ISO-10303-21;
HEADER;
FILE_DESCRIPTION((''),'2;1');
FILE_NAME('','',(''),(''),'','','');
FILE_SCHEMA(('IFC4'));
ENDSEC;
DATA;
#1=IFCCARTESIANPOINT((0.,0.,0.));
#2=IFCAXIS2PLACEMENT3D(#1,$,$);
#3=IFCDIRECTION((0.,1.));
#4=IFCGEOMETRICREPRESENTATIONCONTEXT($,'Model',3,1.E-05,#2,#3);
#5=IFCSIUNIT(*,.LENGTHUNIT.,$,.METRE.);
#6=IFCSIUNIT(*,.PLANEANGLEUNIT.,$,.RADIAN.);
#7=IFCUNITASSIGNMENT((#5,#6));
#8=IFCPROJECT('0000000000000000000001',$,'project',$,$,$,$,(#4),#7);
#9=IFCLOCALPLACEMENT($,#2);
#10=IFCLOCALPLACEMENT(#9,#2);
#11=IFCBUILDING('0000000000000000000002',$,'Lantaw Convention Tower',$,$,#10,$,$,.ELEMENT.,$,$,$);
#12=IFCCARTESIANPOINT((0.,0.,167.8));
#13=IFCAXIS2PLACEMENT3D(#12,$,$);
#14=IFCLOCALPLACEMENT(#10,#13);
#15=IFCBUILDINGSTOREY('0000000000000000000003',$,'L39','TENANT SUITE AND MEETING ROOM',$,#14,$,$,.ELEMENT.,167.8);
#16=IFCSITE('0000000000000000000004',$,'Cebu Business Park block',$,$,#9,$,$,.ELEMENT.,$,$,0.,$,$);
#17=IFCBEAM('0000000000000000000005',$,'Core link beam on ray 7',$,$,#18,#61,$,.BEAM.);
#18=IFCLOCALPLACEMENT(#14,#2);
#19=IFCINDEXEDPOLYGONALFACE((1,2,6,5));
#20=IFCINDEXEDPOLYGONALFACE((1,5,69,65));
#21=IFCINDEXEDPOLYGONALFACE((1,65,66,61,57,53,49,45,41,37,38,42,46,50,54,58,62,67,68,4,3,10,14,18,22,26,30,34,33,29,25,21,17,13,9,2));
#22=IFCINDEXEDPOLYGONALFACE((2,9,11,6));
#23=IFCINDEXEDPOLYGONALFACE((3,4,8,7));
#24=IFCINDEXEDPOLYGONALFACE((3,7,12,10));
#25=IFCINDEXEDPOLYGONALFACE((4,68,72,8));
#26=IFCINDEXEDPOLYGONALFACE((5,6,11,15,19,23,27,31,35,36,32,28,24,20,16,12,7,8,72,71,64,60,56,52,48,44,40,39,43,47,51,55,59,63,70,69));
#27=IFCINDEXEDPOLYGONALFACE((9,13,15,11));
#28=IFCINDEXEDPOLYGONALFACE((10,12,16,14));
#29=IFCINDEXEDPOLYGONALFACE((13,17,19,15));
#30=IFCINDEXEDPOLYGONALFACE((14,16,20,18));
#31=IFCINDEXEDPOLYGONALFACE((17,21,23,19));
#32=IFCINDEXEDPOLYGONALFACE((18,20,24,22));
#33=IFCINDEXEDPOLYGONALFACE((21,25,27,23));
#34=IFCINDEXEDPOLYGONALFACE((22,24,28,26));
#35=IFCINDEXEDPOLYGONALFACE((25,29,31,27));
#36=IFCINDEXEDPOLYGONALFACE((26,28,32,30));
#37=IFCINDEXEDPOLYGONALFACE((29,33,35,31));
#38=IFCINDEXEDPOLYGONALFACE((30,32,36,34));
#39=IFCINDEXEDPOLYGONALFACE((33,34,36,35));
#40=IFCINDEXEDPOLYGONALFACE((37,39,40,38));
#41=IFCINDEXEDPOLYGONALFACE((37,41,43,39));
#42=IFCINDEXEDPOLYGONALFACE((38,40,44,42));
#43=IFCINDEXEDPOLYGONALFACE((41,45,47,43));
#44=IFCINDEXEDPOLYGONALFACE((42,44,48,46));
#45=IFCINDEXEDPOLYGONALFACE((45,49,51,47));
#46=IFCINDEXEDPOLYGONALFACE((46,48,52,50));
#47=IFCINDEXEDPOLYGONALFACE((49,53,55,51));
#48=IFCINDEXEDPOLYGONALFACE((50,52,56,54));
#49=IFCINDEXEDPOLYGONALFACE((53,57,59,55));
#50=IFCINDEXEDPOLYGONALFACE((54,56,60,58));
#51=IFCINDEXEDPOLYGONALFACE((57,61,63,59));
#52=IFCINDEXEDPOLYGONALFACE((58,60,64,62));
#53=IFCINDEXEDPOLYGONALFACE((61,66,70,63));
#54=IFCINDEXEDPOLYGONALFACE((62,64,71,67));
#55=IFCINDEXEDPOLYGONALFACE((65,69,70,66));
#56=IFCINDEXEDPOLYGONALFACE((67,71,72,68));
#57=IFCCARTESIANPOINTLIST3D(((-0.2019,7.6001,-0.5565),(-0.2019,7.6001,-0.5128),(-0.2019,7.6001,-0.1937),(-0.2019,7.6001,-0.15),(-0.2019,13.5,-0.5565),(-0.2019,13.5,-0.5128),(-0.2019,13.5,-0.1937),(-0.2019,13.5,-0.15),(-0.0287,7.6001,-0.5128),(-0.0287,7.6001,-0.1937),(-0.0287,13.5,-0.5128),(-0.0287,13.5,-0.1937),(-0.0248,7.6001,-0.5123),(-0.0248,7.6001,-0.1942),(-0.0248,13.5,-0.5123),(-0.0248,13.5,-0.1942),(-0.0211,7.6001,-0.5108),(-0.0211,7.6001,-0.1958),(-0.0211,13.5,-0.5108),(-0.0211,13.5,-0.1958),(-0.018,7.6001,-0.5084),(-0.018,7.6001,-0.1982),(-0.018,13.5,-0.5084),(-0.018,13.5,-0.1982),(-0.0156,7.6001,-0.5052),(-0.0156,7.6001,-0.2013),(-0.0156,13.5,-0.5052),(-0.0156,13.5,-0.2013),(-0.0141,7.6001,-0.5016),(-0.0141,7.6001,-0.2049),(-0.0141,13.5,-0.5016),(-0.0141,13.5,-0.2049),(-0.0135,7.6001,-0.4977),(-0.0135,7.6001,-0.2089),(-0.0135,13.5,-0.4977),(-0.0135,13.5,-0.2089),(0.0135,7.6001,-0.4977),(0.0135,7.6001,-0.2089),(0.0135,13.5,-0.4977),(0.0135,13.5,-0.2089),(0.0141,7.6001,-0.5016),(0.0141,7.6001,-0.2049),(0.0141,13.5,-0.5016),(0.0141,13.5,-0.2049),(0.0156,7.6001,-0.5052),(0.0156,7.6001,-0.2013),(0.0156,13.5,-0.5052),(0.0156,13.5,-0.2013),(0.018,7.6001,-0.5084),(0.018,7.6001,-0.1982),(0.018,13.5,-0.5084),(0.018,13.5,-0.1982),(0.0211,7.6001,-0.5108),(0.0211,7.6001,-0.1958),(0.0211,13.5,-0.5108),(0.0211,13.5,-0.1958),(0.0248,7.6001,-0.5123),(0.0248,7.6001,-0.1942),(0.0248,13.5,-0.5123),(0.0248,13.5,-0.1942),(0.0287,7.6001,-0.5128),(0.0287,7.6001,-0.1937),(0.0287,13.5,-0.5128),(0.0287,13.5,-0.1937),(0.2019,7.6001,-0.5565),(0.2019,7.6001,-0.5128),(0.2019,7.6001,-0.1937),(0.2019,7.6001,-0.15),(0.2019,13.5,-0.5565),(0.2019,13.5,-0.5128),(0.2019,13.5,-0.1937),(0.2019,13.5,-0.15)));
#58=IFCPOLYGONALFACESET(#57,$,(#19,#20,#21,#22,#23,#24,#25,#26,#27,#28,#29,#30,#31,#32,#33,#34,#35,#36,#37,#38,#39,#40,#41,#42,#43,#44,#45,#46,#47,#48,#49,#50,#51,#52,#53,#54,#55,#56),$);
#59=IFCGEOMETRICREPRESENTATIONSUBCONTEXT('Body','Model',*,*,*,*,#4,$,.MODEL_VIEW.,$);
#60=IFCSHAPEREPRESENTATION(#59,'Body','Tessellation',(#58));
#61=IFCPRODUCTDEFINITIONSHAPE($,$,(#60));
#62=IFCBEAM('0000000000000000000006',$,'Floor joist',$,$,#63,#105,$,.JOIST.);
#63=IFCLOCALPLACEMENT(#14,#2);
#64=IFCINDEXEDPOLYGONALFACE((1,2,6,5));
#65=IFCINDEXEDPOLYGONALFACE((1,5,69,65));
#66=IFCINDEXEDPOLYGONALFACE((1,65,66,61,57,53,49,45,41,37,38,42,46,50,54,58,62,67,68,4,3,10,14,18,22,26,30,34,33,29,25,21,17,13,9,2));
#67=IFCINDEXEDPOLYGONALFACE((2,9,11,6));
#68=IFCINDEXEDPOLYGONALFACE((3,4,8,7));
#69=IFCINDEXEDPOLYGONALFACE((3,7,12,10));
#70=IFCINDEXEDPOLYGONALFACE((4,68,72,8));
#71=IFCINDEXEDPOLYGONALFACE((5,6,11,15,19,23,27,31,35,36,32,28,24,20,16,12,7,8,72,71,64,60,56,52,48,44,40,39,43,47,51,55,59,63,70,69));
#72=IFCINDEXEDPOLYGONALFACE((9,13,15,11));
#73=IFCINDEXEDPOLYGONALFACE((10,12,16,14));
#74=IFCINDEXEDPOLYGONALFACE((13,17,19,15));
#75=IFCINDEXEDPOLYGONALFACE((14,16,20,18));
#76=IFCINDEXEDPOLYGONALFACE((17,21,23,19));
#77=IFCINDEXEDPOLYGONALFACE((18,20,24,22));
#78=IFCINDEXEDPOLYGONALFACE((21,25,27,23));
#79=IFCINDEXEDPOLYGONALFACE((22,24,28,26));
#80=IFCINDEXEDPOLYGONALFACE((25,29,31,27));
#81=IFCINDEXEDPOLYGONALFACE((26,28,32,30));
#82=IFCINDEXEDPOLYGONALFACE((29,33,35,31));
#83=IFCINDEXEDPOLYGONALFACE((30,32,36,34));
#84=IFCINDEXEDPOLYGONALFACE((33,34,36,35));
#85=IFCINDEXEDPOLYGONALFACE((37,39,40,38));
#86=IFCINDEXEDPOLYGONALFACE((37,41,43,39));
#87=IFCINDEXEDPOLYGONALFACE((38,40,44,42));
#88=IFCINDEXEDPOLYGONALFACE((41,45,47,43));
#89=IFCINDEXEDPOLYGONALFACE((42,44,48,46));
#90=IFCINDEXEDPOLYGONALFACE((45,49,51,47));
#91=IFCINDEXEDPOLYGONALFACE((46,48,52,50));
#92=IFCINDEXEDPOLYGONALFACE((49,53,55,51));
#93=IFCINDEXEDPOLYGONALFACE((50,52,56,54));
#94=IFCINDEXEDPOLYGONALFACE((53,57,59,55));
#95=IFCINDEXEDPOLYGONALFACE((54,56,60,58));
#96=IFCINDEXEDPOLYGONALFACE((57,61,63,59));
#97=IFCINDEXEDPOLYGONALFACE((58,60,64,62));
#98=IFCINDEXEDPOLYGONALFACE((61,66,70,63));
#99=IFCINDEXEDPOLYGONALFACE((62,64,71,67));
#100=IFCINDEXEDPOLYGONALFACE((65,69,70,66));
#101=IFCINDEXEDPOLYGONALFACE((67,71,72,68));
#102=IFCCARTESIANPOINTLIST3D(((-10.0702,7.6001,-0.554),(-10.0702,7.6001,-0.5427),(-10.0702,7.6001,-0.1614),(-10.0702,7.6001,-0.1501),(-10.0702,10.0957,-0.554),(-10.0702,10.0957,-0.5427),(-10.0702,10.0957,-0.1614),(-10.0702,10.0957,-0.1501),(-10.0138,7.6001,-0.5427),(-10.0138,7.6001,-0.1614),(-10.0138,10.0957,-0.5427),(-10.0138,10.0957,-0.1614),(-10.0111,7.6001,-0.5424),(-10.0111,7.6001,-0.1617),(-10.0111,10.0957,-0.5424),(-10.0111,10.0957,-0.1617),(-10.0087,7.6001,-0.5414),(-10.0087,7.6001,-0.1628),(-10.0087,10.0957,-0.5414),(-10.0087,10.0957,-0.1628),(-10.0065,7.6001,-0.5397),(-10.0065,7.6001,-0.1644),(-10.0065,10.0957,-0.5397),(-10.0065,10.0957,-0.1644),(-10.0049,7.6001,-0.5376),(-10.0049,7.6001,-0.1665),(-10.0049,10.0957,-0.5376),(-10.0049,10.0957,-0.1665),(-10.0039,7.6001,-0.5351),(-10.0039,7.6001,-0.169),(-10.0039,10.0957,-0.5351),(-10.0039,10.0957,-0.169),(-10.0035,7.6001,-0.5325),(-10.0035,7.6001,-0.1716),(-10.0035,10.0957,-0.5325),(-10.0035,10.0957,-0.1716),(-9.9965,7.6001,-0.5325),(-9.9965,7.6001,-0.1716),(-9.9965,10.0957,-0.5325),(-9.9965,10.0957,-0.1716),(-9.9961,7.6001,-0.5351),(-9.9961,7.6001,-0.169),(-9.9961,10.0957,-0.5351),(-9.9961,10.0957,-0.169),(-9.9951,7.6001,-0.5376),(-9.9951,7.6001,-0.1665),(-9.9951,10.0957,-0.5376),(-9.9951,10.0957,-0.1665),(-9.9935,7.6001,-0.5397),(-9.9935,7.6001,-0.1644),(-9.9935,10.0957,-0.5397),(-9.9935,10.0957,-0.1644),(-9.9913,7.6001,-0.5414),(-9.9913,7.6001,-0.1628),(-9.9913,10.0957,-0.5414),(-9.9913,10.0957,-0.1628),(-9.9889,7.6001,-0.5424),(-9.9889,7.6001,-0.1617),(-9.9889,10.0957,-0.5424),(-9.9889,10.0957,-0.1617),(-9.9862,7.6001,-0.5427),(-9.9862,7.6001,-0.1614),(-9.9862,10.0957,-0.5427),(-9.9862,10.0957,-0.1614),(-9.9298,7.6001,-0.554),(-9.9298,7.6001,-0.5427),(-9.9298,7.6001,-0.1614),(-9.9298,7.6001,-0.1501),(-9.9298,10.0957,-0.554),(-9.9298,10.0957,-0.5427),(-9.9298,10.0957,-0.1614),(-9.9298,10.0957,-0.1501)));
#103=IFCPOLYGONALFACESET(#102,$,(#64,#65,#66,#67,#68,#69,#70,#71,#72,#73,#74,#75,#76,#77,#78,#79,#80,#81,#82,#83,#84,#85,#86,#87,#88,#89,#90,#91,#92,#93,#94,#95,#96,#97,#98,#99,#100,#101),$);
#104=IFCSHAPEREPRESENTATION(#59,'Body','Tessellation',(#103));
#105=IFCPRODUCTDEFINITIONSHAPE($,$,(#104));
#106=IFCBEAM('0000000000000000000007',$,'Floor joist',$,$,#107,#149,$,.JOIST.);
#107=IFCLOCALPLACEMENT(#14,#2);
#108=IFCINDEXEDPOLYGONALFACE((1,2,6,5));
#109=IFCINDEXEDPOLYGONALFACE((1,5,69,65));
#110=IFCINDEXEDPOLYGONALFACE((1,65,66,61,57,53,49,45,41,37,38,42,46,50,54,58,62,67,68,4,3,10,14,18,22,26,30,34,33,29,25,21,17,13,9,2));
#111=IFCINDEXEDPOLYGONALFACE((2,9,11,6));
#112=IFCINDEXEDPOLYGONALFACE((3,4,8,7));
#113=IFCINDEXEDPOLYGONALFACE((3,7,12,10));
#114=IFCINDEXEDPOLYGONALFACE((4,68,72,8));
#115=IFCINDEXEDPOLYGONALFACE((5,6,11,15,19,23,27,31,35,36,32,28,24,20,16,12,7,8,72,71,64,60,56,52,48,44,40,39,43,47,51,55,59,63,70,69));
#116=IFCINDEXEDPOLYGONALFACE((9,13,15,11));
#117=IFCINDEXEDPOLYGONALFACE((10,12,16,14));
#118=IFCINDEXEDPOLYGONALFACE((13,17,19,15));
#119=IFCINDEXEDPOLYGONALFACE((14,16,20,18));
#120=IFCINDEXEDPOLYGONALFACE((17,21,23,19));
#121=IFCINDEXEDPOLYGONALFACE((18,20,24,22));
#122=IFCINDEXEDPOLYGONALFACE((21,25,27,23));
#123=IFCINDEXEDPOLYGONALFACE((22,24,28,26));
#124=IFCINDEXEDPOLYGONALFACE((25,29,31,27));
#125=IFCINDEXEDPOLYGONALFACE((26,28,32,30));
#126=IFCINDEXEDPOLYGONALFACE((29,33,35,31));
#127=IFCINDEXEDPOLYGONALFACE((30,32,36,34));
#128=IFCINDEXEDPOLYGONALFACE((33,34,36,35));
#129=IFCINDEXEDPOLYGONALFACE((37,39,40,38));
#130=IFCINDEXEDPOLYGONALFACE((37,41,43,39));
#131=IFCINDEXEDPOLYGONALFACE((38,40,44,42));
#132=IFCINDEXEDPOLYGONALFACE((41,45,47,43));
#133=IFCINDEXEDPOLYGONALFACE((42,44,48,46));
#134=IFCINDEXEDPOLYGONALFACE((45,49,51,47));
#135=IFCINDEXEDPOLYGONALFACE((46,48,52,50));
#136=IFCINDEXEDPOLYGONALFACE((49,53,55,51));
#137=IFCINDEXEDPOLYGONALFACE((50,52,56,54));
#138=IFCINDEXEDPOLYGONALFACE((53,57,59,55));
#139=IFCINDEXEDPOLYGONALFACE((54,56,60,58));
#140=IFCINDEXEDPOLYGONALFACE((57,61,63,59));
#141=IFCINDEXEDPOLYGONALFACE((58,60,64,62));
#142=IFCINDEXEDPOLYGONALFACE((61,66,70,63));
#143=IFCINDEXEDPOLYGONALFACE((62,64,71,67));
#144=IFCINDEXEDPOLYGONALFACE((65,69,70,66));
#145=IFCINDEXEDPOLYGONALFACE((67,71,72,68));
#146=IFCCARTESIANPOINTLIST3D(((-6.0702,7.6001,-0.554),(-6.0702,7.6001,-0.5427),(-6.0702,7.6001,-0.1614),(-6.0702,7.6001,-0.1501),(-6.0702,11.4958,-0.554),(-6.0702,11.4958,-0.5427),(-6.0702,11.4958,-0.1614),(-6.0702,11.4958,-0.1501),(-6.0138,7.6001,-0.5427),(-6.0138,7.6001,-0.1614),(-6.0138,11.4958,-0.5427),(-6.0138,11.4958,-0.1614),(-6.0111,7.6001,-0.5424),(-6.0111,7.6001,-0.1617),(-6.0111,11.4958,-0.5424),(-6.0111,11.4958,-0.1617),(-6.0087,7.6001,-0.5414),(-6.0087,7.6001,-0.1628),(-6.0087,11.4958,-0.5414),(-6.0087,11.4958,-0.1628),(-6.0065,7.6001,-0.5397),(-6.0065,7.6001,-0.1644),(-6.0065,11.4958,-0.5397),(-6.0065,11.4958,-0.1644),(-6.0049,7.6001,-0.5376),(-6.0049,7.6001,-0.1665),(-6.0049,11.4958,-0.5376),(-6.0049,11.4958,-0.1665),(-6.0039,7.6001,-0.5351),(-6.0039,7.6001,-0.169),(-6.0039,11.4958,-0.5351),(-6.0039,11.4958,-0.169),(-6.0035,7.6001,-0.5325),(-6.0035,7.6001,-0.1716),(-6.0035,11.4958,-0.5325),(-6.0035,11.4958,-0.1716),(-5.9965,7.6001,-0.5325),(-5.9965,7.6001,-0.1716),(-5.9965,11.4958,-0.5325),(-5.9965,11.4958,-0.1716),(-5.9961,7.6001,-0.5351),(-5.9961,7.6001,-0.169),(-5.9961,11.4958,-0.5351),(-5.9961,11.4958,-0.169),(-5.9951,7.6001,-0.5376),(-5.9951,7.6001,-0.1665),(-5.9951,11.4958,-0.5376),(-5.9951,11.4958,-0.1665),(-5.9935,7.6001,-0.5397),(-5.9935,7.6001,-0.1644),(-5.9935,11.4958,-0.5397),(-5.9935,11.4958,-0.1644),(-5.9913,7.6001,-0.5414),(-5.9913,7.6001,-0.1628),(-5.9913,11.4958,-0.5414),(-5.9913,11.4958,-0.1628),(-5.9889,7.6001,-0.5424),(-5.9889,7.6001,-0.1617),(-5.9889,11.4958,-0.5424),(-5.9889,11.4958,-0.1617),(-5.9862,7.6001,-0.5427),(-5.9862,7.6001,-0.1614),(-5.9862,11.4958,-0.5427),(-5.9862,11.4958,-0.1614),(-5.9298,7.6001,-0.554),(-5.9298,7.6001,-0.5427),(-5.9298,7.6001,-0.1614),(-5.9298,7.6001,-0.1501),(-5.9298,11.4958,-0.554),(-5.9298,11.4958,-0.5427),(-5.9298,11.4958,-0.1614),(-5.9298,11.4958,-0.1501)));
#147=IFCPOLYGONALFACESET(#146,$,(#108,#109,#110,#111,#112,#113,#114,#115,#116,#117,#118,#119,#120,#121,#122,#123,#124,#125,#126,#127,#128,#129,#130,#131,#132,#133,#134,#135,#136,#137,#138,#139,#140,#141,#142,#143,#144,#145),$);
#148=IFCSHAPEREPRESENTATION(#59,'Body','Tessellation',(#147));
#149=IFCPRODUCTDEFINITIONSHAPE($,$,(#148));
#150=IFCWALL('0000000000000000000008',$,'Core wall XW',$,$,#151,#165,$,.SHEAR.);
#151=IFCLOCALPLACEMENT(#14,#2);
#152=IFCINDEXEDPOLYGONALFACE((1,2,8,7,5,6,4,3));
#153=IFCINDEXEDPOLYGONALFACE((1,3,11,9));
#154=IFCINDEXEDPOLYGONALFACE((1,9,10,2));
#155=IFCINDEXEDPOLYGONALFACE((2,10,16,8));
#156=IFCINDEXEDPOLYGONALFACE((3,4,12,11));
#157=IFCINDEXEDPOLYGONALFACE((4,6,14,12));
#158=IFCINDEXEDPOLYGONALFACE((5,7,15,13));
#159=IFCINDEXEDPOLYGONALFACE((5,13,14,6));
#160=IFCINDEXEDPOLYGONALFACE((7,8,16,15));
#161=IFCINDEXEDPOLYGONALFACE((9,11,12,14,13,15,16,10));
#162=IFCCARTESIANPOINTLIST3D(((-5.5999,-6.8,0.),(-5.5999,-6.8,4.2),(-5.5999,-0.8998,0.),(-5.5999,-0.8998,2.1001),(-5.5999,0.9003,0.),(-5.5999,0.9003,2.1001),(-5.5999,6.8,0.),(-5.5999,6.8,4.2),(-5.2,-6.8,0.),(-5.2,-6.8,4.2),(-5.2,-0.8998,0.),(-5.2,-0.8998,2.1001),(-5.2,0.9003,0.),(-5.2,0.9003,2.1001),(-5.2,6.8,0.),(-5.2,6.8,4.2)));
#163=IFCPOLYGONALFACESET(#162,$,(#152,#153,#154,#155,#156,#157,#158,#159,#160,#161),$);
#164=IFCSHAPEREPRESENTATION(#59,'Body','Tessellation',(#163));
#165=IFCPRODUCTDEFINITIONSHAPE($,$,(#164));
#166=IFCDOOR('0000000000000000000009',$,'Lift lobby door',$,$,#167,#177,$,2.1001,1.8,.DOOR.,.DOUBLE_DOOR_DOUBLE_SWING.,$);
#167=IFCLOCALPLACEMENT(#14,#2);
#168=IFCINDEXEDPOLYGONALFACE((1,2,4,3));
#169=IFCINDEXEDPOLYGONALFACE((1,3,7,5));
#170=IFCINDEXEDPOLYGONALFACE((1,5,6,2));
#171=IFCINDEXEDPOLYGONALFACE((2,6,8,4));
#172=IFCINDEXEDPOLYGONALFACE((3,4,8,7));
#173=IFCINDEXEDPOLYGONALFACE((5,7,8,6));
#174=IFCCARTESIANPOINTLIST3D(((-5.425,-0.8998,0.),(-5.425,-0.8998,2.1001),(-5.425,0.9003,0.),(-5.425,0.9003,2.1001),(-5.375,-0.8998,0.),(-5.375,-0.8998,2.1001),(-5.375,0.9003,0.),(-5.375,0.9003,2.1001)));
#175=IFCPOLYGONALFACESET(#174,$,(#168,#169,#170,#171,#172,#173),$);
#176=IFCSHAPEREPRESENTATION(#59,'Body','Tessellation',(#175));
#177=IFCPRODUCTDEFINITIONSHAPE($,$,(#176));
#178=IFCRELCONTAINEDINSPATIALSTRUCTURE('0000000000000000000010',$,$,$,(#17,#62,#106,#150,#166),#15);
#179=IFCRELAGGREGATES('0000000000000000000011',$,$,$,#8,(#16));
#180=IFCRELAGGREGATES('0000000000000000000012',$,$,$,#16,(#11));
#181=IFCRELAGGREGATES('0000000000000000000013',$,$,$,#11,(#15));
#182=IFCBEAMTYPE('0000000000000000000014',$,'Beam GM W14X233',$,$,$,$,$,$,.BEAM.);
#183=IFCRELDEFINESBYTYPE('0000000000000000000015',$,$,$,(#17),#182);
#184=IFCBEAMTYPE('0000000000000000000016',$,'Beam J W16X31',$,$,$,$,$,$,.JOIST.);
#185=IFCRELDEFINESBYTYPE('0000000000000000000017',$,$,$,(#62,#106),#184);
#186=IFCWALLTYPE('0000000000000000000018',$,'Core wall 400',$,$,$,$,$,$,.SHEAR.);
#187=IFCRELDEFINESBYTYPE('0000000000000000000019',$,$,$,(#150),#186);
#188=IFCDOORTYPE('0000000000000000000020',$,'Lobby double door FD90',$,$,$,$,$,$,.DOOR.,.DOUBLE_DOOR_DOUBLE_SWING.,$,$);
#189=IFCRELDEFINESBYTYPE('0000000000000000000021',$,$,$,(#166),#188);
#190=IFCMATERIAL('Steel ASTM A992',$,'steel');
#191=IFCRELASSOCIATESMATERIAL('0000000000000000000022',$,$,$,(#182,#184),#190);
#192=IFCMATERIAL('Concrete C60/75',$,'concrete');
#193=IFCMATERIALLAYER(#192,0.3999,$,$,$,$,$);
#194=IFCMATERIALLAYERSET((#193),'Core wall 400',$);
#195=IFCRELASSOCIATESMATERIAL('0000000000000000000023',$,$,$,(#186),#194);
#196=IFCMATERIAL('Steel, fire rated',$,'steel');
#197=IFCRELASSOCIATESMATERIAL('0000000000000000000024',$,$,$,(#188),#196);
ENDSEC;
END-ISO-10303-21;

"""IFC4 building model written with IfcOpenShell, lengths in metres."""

from ifc_helpers import new_model, si_unit, direction, frame, frame_2d, origin, origin_2d, place, context, subcontext, project, spatial, rectangle, i_section, extrude, material, layer, layer_set, material_profile, profile_set, type_object, element, fill, save


model = new_model("IFC4")

# Units and contexts
model_context = context("Model", 3, precision=1e-05, world=origin(), true_north=direction((0.0, 1.0)))
body_context = subcontext(model_context, "Body", "Model", "MODEL_VIEW")
ifc_project = project(units=[si_unit("LENGTHUNIT", "METRE"), si_unit("PLANEANGLEUNIT", "RADIAN")], contexts=[model_context])

# Site, building, storey
site_placement = place(None, origin())
site = spatial("IfcSite", under=ifc_project, at=site_placement, Name="Cebu Business Park block", CompositionType="ELEMENT", RefElevation=0.0)
building_placement = place(site_placement, origin())
building = spatial("IfcBuilding", under=site, at=building_placement, Name="Lantaw Convention Tower", CompositionType="ELEMENT")
storey_placement = place(building_placement, frame((0.0, 0.0, 167.8)))
storey = spatial("IfcBuildingStorey", under=building, at=storey_placement, Name="L39", Description="TENANT SUITE AND MEETING ROOM", CompositionType="ELEMENT", Elevation=167.8)

# Beams
ifc_material_1 = material(Name="Steel ASTM A992", Category="steel")
ifc_material_profile_1 = material_profile(ifc_material_1, i_section(OverallWidth=0.4038, OverallDepth=0.4065, WebThickness=0.0271, FlangeThickness=0.0437, FilletRadius=0.0151, at=origin_2d()), Name="W14X233")
ifc_profile_set_1 = profile_set([ifc_material_profile_1], Name="Steel ASTM A992")
beam_type_1 = type_object("IfcBeamType", Name="Beam GM W14X233", PredefinedType="BEAM", material=ifc_profile_set_1)
beam_1_placement = place(storey_placement, frame((0.0, 7.6001, -0.3533), z_axis=(0.0, 1.0, 0.0), x_axis=(-1.0, 0.0, 0.0)))
element("IfcBeam", 1, at=beam_1_placement, inside=storey, type_object=beam_type_1, Name="Core link beam on ray 7", PredefinedType="BEAM", context=body_context, shape_type="SweptSolid", body=[
    extrude(i_section(OverallWidth=0.4038, OverallDepth=0.4065, WebThickness=0.0271, FlangeThickness=0.0437, FilletRadius=0.0151, at=origin_2d()), origin(), (0.0, 0.0, 1.0), 5.8999),
])
ifc_material_profile_2 = material_profile(ifc_material_1, i_section(OverallWidth=0.1404, OverallDepth=0.4038, WebThickness=0.0071, FlangeThickness=0.0112, FilletRadius=0.0103, at=origin_2d()), Name="W16X31")
ifc_profile_set_2 = profile_set([ifc_material_profile_2], Name="Steel ASTM A992")
beam_type_2 = type_object("IfcBeamType", Name="Beam J W16X31", PredefinedType="JOIST", material=ifc_profile_set_2)
beam_2_placement = place(storey_placement, frame((-10.0, 7.6001, -0.3521), z_axis=(0.0, 1.0, 0.0), x_axis=(-1.0, 0.0, 0.0)))
element("IfcBeam", 2, at=beam_2_placement, inside=storey, type_object=beam_type_2, Name="Floor joist", PredefinedType="JOIST", context=body_context, shape_type="SweptSolid", body=[
    extrude(i_section(OverallWidth=0.1404, OverallDepth=0.4038, WebThickness=0.0071, FlangeThickness=0.0112, FilletRadius=0.0103, at=origin_2d()), origin(), (0.0, 0.0, 1.0), 2.4956),
])
beam_3_placement = place(storey_placement, frame((-6.0, 7.6001, -0.3521), z_axis=(0.0, 1.0, 0.0), x_axis=(-1.0, 0.0, 0.0)))
element("IfcBeam", 3, at=beam_3_placement, inside=storey, type_object=beam_type_2, Name="Floor joist", PredefinedType="JOIST", context=body_context, shape_type="SweptSolid", body=[
    extrude(i_section(OverallWidth=0.1404, OverallDepth=0.4038, WebThickness=0.0071, FlangeThickness=0.0112, FilletRadius=0.0103, at=origin_2d()), origin(), (0.0, 0.0, 1.0), 3.8958),
])

# Wall, opening, door
ifc_material_2 = material(Name="Concrete C60/75", Category="concrete")
ifc_layer_1 = layer(ifc_material_2, 0.3999)
ifc_layer_set_1 = layer_set([ifc_layer_1], Name="Core wall 400")
wall_type_1 = type_object("IfcWallType", Name="Core wall 400", PredefinedType="SHEAR", material=ifc_layer_set_1)
wall_1_placement = place(storey_placement, frame((-5.3999, 6.8, 0.0), z_axis=(0.0, 0.0, 1.0), x_axis=(0.0, -1.0, 0.0)))
wall_1 = element("IfcWall", 4, at=wall_1_placement, inside=storey, type_object=wall_type_1, Name="Core wall XW", PredefinedType="SHEAR", context=body_context, shape_type="SweptSolid", body=[
    extrude(rectangle(XDim=13.6001, YDim=0.3999, at=frame_2d((6.8, 0.0))), origin(), (0.0, 0.0, 1.0), 4.2),
])
opening_placement = place(wall_1_placement, frame((5.8999, 0.0, 0.0)))
opening = element("IfcOpeningElement", 5, at=opening_placement, cuts=wall_1, PredefinedType="OPENING", context=body_context, shape_type="SweptSolid", body=[
    extrude(rectangle(XDim=1.8, YDim=2.1001, at=frame_2d((0.8999, 1.05))), frame((0.0, 0.21, 0.0), z_axis=(0.0, -1.0, 0.0), x_axis=(1.0, 0.0, 0.0)), (0.0, 0.0, 1.0), 0.4199),
])
ifc_material_3 = material(Name="Steel, fire rated", Category="steel")
door_type = type_object("IfcDoorType", Name="Lobby double door FD90", OperationType="DOUBLE_DOOR_DOUBLE_SWING", PredefinedType="DOOR", material=ifc_material_3)
door_placement = place(opening_placement, origin())
door = element("IfcDoor", 6, at=door_placement, inside=storey, type_object=door_type, Name="Lift lobby door", OperationType="DOUBLE_DOOR_DOUBLE_SWING", OverallHeight=2.1001, OverallWidth=1.8, PredefinedType="DOOR", context=body_context, shape_type="SweptSolid", body=[
    extrude(rectangle(XDim=1.8, YDim=2.1001, at=frame_2d((0.8999, 1.05))), frame((0.0, 0.0249, 0.0), z_axis=(0.0, -1.0, 0.0), x_axis=(1.0, 0.0, 0.0)), (0.0, 0.0, 1.0), 0.05),
])
fill(opening, door)

save(model, "model.ifc")
